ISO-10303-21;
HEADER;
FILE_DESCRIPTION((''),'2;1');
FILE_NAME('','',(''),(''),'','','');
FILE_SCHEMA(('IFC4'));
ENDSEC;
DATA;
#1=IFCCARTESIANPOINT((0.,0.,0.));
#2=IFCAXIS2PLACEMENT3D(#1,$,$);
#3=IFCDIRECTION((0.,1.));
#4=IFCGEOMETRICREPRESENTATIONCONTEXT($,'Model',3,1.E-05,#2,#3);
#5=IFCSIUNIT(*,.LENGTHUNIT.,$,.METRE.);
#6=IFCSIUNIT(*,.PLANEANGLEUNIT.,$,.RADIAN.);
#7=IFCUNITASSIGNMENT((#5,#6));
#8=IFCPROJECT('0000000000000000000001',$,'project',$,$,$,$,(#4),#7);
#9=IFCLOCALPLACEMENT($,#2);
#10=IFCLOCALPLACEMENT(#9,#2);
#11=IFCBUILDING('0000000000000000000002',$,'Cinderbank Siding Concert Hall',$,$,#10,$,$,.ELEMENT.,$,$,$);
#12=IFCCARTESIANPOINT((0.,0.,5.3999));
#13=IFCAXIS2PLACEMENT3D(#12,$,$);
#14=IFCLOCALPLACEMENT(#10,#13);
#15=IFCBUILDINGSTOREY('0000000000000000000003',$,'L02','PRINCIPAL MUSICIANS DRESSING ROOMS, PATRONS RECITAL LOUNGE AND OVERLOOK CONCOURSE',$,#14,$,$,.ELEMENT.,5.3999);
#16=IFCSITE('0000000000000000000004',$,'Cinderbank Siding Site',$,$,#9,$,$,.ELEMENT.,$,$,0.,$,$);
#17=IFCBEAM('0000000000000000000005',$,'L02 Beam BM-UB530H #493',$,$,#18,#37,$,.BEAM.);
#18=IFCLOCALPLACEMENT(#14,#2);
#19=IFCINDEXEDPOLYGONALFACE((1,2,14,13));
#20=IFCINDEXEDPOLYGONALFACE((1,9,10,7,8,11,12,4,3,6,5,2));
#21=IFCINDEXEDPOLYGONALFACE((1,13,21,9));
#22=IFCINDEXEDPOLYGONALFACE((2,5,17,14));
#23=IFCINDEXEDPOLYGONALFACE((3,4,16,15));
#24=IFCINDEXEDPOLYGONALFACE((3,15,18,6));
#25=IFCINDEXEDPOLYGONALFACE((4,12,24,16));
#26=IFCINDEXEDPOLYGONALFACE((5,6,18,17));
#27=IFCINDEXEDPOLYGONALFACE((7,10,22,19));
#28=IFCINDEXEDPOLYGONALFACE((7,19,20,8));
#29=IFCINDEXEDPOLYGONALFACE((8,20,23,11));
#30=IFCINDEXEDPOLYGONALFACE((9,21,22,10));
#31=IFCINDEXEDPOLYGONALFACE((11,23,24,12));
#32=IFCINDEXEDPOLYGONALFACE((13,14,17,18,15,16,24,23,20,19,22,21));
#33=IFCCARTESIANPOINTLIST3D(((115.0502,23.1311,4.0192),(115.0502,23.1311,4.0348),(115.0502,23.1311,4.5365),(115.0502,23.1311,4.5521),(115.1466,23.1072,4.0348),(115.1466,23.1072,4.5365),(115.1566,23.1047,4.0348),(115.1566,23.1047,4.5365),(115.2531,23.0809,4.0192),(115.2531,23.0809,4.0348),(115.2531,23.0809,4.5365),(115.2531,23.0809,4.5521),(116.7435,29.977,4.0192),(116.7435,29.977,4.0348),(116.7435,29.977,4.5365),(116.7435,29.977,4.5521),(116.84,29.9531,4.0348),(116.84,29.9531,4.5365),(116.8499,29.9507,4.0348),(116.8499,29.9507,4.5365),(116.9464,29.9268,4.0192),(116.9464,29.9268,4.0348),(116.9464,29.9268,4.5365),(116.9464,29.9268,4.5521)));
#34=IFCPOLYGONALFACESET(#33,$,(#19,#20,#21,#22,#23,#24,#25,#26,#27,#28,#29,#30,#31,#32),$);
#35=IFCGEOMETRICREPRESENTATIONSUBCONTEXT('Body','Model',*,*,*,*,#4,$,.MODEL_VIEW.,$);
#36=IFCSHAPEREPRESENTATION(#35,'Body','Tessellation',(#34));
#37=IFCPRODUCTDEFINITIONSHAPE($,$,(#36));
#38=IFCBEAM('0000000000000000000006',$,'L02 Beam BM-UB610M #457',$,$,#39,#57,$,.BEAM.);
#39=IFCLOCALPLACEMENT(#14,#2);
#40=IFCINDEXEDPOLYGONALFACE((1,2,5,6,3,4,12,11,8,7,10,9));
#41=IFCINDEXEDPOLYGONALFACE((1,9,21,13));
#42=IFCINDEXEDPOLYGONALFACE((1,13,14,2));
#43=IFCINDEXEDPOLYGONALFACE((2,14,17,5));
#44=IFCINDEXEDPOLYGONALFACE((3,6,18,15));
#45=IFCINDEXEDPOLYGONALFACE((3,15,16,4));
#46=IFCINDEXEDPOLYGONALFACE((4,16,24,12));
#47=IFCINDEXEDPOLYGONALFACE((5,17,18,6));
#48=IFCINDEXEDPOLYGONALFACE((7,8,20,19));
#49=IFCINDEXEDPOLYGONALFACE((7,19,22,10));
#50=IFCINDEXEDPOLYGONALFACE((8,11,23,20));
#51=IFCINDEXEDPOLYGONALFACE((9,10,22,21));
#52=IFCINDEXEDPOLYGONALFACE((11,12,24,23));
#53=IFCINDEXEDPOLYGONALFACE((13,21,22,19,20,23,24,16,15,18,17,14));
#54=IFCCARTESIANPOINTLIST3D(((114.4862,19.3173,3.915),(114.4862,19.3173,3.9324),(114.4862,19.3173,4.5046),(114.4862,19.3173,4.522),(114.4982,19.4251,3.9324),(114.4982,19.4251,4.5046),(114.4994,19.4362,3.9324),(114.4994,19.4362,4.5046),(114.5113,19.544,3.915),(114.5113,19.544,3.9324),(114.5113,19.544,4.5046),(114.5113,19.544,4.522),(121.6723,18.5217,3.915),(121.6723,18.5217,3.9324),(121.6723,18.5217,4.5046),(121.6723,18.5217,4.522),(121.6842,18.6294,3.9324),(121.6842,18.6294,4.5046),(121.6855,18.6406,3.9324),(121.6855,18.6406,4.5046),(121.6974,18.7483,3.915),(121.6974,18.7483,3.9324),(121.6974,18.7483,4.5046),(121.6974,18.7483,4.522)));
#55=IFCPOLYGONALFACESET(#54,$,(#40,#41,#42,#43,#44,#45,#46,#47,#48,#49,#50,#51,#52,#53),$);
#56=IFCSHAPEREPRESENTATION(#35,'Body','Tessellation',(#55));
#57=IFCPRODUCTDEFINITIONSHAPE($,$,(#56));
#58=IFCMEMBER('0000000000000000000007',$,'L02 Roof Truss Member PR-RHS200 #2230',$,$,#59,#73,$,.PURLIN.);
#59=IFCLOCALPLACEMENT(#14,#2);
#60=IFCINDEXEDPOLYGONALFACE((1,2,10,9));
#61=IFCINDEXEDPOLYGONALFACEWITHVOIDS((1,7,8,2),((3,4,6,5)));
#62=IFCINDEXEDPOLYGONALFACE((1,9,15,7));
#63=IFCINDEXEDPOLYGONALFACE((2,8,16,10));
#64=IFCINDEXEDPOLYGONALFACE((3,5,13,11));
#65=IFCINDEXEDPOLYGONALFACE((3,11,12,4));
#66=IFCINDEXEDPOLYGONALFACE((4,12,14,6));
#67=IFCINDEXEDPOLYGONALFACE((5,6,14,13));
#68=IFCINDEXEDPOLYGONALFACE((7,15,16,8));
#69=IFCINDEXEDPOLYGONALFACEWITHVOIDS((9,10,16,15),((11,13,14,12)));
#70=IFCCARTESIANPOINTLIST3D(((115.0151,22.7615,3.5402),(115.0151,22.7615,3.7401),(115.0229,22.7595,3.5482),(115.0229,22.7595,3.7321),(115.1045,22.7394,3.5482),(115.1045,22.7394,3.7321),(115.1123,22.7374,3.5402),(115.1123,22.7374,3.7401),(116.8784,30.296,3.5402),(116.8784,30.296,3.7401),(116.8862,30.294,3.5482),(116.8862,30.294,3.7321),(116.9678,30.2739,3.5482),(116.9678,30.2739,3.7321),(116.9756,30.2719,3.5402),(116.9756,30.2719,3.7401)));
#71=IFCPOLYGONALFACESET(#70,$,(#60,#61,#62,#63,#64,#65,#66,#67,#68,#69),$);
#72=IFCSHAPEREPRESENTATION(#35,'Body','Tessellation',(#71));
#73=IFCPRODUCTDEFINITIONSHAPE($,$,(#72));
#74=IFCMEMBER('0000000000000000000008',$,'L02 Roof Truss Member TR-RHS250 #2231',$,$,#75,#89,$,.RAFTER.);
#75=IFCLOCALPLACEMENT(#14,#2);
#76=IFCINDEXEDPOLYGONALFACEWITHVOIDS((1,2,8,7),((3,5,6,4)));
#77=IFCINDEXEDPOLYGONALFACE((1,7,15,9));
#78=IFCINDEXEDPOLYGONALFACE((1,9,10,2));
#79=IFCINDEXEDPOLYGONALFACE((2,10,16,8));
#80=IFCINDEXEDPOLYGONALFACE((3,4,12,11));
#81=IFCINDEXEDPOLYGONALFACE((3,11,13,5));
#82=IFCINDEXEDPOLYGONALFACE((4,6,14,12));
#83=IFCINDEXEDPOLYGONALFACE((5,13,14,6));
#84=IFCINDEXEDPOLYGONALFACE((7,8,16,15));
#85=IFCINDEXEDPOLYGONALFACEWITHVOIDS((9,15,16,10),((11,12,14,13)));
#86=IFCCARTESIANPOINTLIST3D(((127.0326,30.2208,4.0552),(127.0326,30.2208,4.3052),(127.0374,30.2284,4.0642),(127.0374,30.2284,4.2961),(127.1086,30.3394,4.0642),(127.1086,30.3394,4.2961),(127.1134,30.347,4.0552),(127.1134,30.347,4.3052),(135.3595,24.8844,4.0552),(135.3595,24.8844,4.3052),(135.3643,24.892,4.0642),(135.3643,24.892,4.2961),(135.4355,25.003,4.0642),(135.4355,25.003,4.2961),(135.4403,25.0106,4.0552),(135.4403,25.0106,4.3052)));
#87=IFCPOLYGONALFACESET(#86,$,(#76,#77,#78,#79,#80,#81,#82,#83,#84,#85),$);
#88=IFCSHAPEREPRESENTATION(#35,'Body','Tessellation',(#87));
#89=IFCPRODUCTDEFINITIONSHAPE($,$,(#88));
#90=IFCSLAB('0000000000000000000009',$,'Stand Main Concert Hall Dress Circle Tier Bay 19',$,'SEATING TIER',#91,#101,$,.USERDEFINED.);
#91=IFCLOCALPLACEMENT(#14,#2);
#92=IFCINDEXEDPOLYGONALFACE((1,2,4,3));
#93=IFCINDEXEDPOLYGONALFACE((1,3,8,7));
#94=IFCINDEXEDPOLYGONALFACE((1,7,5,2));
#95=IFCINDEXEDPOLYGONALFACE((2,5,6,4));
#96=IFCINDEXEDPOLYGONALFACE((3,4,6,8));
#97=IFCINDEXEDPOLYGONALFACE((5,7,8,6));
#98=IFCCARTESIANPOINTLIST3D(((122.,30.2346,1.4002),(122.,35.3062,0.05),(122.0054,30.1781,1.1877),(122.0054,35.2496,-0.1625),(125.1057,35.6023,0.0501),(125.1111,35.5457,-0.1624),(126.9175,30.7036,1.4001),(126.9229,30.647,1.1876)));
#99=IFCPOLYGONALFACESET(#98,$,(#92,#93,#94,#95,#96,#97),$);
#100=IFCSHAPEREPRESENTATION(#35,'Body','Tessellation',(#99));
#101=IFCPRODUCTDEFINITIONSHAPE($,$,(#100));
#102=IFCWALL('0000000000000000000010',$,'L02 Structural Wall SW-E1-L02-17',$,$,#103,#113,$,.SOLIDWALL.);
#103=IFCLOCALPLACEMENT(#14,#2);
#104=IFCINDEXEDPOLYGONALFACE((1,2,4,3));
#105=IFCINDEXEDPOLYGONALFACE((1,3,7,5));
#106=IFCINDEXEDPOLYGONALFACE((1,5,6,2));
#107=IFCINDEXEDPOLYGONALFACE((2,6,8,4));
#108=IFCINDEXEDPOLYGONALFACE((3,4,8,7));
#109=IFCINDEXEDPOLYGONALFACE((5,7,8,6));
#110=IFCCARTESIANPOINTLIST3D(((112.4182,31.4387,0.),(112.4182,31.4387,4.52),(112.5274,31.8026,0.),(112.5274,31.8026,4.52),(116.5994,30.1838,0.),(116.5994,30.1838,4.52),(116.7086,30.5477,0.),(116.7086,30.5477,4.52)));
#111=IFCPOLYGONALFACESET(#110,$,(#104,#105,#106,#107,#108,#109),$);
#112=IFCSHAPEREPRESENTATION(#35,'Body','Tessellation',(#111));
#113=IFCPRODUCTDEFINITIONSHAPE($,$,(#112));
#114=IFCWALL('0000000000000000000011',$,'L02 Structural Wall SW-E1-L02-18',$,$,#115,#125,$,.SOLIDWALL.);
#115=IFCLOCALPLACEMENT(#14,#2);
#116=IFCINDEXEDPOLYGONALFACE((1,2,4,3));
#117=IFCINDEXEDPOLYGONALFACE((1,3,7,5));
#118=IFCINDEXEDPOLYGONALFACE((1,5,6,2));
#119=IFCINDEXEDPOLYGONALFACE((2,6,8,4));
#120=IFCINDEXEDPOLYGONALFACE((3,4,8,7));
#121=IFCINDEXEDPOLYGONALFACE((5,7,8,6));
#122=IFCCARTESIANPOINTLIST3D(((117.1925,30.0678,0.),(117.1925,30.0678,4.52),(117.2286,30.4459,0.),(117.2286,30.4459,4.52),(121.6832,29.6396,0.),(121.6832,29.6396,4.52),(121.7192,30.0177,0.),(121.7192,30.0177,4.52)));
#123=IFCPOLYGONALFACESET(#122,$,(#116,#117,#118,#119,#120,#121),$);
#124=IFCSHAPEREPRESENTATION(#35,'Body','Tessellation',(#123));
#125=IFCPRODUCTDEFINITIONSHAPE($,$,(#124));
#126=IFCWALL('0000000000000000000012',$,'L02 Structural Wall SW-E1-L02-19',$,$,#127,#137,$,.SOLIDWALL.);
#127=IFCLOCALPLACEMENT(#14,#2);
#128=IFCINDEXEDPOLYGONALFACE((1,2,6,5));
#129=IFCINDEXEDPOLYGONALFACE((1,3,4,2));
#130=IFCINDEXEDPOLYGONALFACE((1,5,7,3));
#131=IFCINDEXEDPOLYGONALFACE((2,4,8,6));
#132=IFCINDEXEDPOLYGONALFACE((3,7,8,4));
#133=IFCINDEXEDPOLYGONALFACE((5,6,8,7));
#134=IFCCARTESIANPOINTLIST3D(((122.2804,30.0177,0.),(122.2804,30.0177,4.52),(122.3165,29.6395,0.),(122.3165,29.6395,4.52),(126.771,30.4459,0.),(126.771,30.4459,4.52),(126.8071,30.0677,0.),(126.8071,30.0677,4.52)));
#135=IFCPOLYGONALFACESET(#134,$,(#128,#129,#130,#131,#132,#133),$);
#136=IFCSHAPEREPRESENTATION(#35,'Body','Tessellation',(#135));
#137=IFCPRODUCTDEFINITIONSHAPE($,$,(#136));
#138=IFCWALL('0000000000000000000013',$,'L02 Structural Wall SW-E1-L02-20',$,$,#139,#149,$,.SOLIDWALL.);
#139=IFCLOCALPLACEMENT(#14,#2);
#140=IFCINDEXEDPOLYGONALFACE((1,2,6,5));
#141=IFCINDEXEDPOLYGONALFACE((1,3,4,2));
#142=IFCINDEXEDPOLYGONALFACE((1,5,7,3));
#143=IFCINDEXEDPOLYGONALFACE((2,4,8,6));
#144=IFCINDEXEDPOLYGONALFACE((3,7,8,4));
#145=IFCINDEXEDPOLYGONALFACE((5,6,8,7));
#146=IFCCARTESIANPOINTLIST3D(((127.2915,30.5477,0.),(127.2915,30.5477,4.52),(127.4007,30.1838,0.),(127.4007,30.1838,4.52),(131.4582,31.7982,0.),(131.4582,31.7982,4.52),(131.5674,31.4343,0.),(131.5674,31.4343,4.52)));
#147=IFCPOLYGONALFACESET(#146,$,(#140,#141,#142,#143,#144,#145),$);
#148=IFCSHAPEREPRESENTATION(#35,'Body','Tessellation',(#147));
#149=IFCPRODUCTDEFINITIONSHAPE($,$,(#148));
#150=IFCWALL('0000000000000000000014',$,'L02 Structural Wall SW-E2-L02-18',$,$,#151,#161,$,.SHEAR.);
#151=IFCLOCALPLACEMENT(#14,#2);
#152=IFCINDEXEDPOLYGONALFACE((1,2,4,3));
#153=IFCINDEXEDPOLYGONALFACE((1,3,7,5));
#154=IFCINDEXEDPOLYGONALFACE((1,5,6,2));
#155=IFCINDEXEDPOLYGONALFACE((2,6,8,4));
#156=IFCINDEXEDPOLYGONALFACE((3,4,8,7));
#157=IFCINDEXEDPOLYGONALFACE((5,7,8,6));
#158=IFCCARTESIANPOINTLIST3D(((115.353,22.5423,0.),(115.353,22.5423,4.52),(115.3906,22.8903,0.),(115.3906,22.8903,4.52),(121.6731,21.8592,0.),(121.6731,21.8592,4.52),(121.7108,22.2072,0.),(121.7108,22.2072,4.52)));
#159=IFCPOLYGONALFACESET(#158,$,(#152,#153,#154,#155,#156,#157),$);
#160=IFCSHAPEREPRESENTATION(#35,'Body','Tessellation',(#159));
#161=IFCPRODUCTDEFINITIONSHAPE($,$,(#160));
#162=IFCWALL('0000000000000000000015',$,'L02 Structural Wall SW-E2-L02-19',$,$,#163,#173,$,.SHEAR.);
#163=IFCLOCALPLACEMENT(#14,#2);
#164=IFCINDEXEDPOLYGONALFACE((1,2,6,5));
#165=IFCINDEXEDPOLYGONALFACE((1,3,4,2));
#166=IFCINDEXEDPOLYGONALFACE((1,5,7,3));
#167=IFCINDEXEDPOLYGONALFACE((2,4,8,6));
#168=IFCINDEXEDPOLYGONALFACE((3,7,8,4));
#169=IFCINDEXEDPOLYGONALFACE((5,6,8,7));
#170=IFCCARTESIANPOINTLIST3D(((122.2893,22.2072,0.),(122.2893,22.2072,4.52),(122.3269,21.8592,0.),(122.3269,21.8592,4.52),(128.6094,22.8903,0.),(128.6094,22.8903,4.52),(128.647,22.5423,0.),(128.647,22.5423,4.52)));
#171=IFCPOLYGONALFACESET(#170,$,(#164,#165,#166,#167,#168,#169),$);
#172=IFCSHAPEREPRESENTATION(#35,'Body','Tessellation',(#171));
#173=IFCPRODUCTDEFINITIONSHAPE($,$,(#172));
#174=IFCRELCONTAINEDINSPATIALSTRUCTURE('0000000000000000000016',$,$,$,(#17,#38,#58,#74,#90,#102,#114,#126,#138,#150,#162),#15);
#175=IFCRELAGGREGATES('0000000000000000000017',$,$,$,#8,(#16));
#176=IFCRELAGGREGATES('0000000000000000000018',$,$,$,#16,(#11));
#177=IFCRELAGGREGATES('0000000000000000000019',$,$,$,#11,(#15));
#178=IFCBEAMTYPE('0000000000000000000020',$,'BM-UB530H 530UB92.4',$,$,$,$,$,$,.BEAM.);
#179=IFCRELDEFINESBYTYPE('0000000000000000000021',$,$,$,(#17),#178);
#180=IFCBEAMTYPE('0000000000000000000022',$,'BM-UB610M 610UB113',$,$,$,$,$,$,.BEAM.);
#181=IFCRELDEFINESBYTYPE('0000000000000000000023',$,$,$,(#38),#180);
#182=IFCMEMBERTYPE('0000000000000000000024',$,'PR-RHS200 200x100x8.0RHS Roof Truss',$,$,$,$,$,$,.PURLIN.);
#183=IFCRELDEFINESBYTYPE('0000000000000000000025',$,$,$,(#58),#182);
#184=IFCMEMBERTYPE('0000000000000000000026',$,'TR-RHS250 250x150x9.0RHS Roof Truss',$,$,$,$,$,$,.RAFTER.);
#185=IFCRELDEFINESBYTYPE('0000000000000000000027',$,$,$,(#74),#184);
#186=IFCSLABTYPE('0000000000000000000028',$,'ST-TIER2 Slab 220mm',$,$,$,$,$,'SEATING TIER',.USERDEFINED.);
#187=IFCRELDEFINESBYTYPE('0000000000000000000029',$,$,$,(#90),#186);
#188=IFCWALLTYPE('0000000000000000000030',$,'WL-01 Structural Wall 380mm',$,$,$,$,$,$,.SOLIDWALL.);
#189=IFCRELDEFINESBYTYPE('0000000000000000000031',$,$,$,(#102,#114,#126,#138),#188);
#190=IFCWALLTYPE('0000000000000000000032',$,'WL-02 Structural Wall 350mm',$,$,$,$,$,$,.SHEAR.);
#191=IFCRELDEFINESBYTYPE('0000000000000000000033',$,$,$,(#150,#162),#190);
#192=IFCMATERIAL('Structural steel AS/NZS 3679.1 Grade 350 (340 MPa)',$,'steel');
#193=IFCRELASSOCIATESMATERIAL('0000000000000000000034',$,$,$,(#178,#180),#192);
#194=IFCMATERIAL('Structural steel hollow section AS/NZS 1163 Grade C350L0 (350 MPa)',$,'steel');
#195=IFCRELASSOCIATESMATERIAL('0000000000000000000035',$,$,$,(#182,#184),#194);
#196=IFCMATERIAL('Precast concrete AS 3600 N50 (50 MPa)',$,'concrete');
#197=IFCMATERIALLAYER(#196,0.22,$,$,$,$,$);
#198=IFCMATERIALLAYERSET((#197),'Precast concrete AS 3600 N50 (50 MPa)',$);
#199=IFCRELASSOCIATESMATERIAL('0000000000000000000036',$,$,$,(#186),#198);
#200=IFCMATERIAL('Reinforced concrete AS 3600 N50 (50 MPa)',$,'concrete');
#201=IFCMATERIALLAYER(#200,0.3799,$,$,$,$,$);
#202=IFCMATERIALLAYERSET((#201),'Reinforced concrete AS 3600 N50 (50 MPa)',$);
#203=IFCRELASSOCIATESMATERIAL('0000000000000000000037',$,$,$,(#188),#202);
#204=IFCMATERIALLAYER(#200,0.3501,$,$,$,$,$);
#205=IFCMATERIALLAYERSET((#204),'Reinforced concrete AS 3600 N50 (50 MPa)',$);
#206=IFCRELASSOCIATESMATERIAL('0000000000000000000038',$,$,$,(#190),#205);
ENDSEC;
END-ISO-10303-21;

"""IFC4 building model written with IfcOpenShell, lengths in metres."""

from ifc_helpers import new_model, si_unit, direction, frame, frame_2d, origin, origin_2d, place, context, subcontext, project, spatial, polyline, rectangle, hollow_rectangle, i_section, outline, extrude, material, layer, layer_set, material_profile, profile_set, type_object, element, save


model = new_model("IFC4")

# Units and contexts
model_context = context("Model", 3, precision=1e-05, world=origin(), true_north=direction((0.0, 1.0)))
body_context = subcontext(model_context, "Body", "Model", "MODEL_VIEW")
ifc_project = project(units=[si_unit("LENGTHUNIT", "METRE"), si_unit("PLANEANGLEUNIT", "RADIAN")], contexts=[model_context])

# Site, building, storey
site_placement = place(None, origin())
site = spatial("IfcSite", under=ifc_project, at=site_placement, Name="Cinderbank Siding Site", CompositionType="ELEMENT", RefElevation=0.0)
building_placement = place(site_placement, origin())
building = spatial("IfcBuilding", under=site, at=building_placement, Name="Cinderbank Siding Concert Hall", CompositionType="ELEMENT")
storey_placement = place(building_placement, frame((0.0, 0.0, 5.3999)))
storey = spatial("IfcBuildingStorey", under=building, at=storey_placement, Name="L02", Description="PRINCIPAL MUSICIANS DRESSING ROOMS, PATRONS RECITAL LOUNGE AND OVERLOOK CONCOURSE", CompositionType="ELEMENT", Elevation=5.3999)

# Shared definitions
ifc_material_1 = material(Name="Reinforced concrete AS 3600 N50 (50 MPa)", Category="concrete")

# Beams
ifc_material_2 = material(Name="Structural steel AS/NZS 3679.1 Grade 350 (340 MPa)", Category="steel")
ifc_material_profile_1 = material_profile(ifc_material_2, i_section(OverallWidth=0.209, OverallDepth=0.533, WebThickness=0.0103, FlangeThickness=0.0156, at=origin_2d()), Name="530UB92.4", Category="LoadBearing")
ifc_profile_set_1 = profile_set([ifc_material_profile_1], Name="Structural steel AS/NZS 3679.1 Grade 350 (340 MPa)")
beam_type_1 = type_object("IfcBeamType", Name="BM-UB530H 530UB92.4", PredefinedType="BEAM", material=ifc_profile_set_1)
beam_1_placement = place(storey_placement, frame((116.845, 29.9519, 4.2856), z_axis=(-0.240116, -0.970744, 0.0), x_axis=(0.970744, -0.240116, 0.0)))
element("IfcBeam", 1, at=beam_1_placement, inside=storey, type_object=beam_type_1, Name="L02 Beam BM-UB530H #493", PredefinedType="BEAM", context=body_context, shape_type="SweptSolid", body=[
    extrude(i_section(OverallWidth=0.209, OverallDepth=0.533, WebThickness=0.0103, FlangeThickness=0.0156, at=origin_2d()), origin(), (0.0, 0.0, 1.0), 7.0522),
])
ifc_material_profile_2 = material_profile(ifc_material_2, i_section(OverallWidth=0.228, OverallDepth=0.6069, WebThickness=0.0112, FlangeThickness=0.0173, at=origin_2d()), Name="610UB113", Category="LoadBearing")
ifc_profile_set_2 = profile_set([ifc_material_profile_2], Name="Structural steel AS/NZS 3679.1 Grade 350 (340 MPa)")
beam_type_2 = type_object("IfcBeamType", Name="BM-UB610M 610UB113", PredefinedType="BEAM", material=ifc_profile_set_2)
beam_2_placement = place(storey_placement, frame((114.4988, 19.4307, 4.2185), z_axis=(0.993926, -0.11005, 0.0), x_axis=(0.11005, 0.993926, 0.0)))
element("IfcBeam", 2, at=beam_2_placement, inside=storey, type_object=beam_type_2, Name="L02 Beam BM-UB610M #457", PredefinedType="BEAM", context=body_context, shape_type="SweptSolid", body=[
    extrude(i_section(OverallWidth=0.228, OverallDepth=0.6069, WebThickness=0.0112, FlangeThickness=0.0173, at=origin_2d()), origin(), (0.0, 0.0, 1.0), 7.23),
])

# Members
ifc_material_3 = material(Name="Structural steel hollow section AS/NZS 1163 Grade C350L0 (350 MPa)", Category="steel")
ifc_material_profile_3 = material_profile(ifc_material_3, hollow_rectangle(XDim=0.1001, YDim=0.2, WallThickness=0.0081, at=origin_2d()), Name="200x100x8.0RHS", Category="LoadBearing")
ifc_profile_set_3 = profile_set([ifc_material_profile_3], Name="Structural steel hollow section AS/NZS 1163 Grade C350L0 (350 MPa)")
member_type_1 = type_object("IfcMemberType", Name="PR-RHS200 200x100x8.0RHS Roof Truss", PredefinedType="PURLIN", material=ifc_profile_set_3)
member_1_placement = place(storey_placement, frame((116.927, 30.2839, 3.6401), z_axis=(-0.24007, -0.970756, 0.0), x_axis=(0.970756, -0.24007, 0.0)))
element("IfcMember", 3, at=member_1_placement, inside=storey, type_object=member_type_1, Name="L02 Roof Truss Member PR-RHS200 #2230", PredefinedType="PURLIN", context=body_context, shape_type="SweptSolid", body=[
    extrude(hollow_rectangle(XDim=0.1001, YDim=0.2, WallThickness=0.0081, at=origin_2d()), origin(), (0.0, 0.0, 1.0), 7.7615),
])
ifc_material_profile_4 = material_profile(ifc_material_3, hollow_rectangle(XDim=0.1499, YDim=0.25, WallThickness=0.009, at=origin_2d()), Name="250x150x9.0RHS", Category="LoadBearing")
ifc_profile_set_4 = profile_set([ifc_material_profile_4], Name="Structural steel hollow section AS/NZS 1163 Grade C350L0 (350 MPa)")
member_type_2 = type_object("IfcMemberType", Name="TR-RHS250 250x150x9.0RHS Roof Truss", PredefinedType="RAFTER", material=ifc_profile_set_4)
member_2_placement = place(storey_placement, frame((127.073, 30.2839, 4.1802), z_axis=(0.84194, -0.539571, 0.0), x_axis=(0.539571, 0.84194, 0.0)))
element("IfcMember", 4, at=member_2_placement, inside=storey, type_object=member_type_2, Name="L02 Roof Truss Member TR-RHS250 #2231", PredefinedType="RAFTER", context=body_context, shape_type="SweptSolid", body=[
    extrude(hollow_rectangle(XDim=0.1499, YDim=0.25, WallThickness=0.009, at=origin_2d()), origin(), (0.0, 0.0, 1.0), 9.8901),
])

# Slab
ifc_material_4 = material(Name="Precast concrete AS 3600 N50 (50 MPa)", Category="concrete")
ifc_layer_1 = layer(ifc_material_4, 0.22)
ifc_layer_set_1 = layer_set([ifc_layer_1], Name="Precast concrete AS 3600 N50 (50 MPa)")
slab_type = type_object("IfcSlabType", Name="ST-TIER2 Slab 220mm", ElementType="SEATING TIER", PredefinedType="USERDEFINED", material=ifc_layer_set_1)
slab_placement = place(storey_placement, frame((122.0, 35.3062, 0.05), z_axis=(-0.024526, 0.257176, 0.966053), x_axis=(0.995484, 0.094924, 0.000003)))
element("IfcSlab", 5, at=slab_placement, inside=storey, type_object=slab_type, Name="Stand Main Concert Hall Dress Circle Tier Bay 19", ObjectType="SEATING TIER", PredefinedType="USERDEFINED", context=body_context, shape_type="SweptSolid", body=[
    extrude(outline(polyline([(0.0, 0.0), (3.1198, 0.0), (4.4584, -5.2259), (-0.4814, -5.226), (0.0, 0.0)])), origin(), (0.0, 0.0, -1.0), 0.22),
])

# Walls
ifc_layer_2 = layer(ifc_material_1, 0.3799)
ifc_layer_set_2 = layer_set([ifc_layer_2], Name="Reinforced concrete AS 3600 N50 (50 MPa)")
wall_type_1 = type_object("IfcWallType", Name="WL-01 Structural Wall 380mm", PredefinedType="SOLIDWALL", material=ifc_layer_set_2)
wall_1_placement = place(storey_placement, frame((112.4729, 31.6206, 0.0), z_axis=(0.0, 0.0, 1.0), x_axis=(0.957792, -0.287461, 0.0)))
element("IfcWall", 6, at=wall_1_placement, inside=storey, type_object=wall_type_1, Name="L02 Structural Wall SW-E1-L02-17", PredefinedType="SOLIDWALL", context=body_context, shape_type="SweptSolid", body=[
    extrude(rectangle(XDim=4.3655, YDim=0.3799, at=frame_2d((2.1826, 0.0))), origin(), (0.0, 0.0, 1.0), 4.52),
])
for number, where, z_axis, x_axis, name in (
    (7, (117.2107, 30.2568, 0.0), (0.0, 0.0, 1.0), (0.995484, -0.094927, 0.0), "L02 Structural Wall SW-E1-L02-18"),
    (8, (122.2986, 29.8286, 0.0), (0.0, 0.0, 1.0), (0.995484, 0.094927, 0.0), "L02 Structural Wall SW-E1-L02-19"),
):
    element("IfcWall", number, at=place(storey_placement, frame(where, z_axis=z_axis, x_axis=x_axis)), inside=storey, type_object=wall_type_1, Name=name, PredefinedType="SOLIDWALL", context=body_context, shape_type="SweptSolid", body=[
        extrude(rectangle(XDim=4.511, YDim=0.3799, at=frame_2d((2.2554, 0.0))), origin(), (0.0, 0.0, 1.0), 4.52),
    ])
wall_2_placement = place(storey_placement, frame((127.3459, 30.3657, 0.0), z_axis=(0.0, 0.0, 1.0), x_axis=(0.957797, 0.287446, 0.0)))
element("IfcWall", 9, at=wall_2_placement, inside=storey, type_object=wall_type_1, Name="L02 Structural Wall SW-E1-L02-20", PredefinedType="SOLIDWALL", context=body_context, shape_type="SweptSolid", body=[
    extrude(rectangle(XDim=4.3503, YDim=0.3799, at=frame_2d((2.1753, 0.0))), origin(), (0.0, 0.0, 1.0), 4.52),
])
ifc_layer_3 = layer(ifc_material_1, 0.3501)
ifc_layer_set_3 = layer_set([ifc_layer_3], Name="Reinforced concrete AS 3600 N50 (50 MPa)")
wall_type_2 = type_object("IfcWallType", Name="WL-02 Structural Wall 350mm", PredefinedType="SHEAR", material=ifc_layer_set_3)
for number, where, z_axis, x_axis, name in (
    (10, (115.3718, 22.7163, 0.0), (0.0, 0.0, 1.0), (0.994209, -0.107459, 0.0), "L02 Structural Wall SW-E2-L02-18"),
    (11, (122.3081, 22.0332, 0.0), (0.0, 0.0, 1.0), (0.994209, 0.107459, 0.0), "L02 Structural Wall SW-E2-L02-19"),
):
    element("IfcWall", number, at=place(storey_placement, frame(where, z_axis=z_axis, x_axis=x_axis)), inside=storey, type_object=wall_type_2, Name=name, PredefinedType="SHEAR", context=body_context, shape_type="SweptSolid", body=[
        extrude(rectangle(XDim=6.3569, YDim=0.3501, at=frame_2d((3.1785, 0.0))), origin(), (0.0, 0.0, 1.0), 4.52),
    ])

save(model, "model.ifc")
